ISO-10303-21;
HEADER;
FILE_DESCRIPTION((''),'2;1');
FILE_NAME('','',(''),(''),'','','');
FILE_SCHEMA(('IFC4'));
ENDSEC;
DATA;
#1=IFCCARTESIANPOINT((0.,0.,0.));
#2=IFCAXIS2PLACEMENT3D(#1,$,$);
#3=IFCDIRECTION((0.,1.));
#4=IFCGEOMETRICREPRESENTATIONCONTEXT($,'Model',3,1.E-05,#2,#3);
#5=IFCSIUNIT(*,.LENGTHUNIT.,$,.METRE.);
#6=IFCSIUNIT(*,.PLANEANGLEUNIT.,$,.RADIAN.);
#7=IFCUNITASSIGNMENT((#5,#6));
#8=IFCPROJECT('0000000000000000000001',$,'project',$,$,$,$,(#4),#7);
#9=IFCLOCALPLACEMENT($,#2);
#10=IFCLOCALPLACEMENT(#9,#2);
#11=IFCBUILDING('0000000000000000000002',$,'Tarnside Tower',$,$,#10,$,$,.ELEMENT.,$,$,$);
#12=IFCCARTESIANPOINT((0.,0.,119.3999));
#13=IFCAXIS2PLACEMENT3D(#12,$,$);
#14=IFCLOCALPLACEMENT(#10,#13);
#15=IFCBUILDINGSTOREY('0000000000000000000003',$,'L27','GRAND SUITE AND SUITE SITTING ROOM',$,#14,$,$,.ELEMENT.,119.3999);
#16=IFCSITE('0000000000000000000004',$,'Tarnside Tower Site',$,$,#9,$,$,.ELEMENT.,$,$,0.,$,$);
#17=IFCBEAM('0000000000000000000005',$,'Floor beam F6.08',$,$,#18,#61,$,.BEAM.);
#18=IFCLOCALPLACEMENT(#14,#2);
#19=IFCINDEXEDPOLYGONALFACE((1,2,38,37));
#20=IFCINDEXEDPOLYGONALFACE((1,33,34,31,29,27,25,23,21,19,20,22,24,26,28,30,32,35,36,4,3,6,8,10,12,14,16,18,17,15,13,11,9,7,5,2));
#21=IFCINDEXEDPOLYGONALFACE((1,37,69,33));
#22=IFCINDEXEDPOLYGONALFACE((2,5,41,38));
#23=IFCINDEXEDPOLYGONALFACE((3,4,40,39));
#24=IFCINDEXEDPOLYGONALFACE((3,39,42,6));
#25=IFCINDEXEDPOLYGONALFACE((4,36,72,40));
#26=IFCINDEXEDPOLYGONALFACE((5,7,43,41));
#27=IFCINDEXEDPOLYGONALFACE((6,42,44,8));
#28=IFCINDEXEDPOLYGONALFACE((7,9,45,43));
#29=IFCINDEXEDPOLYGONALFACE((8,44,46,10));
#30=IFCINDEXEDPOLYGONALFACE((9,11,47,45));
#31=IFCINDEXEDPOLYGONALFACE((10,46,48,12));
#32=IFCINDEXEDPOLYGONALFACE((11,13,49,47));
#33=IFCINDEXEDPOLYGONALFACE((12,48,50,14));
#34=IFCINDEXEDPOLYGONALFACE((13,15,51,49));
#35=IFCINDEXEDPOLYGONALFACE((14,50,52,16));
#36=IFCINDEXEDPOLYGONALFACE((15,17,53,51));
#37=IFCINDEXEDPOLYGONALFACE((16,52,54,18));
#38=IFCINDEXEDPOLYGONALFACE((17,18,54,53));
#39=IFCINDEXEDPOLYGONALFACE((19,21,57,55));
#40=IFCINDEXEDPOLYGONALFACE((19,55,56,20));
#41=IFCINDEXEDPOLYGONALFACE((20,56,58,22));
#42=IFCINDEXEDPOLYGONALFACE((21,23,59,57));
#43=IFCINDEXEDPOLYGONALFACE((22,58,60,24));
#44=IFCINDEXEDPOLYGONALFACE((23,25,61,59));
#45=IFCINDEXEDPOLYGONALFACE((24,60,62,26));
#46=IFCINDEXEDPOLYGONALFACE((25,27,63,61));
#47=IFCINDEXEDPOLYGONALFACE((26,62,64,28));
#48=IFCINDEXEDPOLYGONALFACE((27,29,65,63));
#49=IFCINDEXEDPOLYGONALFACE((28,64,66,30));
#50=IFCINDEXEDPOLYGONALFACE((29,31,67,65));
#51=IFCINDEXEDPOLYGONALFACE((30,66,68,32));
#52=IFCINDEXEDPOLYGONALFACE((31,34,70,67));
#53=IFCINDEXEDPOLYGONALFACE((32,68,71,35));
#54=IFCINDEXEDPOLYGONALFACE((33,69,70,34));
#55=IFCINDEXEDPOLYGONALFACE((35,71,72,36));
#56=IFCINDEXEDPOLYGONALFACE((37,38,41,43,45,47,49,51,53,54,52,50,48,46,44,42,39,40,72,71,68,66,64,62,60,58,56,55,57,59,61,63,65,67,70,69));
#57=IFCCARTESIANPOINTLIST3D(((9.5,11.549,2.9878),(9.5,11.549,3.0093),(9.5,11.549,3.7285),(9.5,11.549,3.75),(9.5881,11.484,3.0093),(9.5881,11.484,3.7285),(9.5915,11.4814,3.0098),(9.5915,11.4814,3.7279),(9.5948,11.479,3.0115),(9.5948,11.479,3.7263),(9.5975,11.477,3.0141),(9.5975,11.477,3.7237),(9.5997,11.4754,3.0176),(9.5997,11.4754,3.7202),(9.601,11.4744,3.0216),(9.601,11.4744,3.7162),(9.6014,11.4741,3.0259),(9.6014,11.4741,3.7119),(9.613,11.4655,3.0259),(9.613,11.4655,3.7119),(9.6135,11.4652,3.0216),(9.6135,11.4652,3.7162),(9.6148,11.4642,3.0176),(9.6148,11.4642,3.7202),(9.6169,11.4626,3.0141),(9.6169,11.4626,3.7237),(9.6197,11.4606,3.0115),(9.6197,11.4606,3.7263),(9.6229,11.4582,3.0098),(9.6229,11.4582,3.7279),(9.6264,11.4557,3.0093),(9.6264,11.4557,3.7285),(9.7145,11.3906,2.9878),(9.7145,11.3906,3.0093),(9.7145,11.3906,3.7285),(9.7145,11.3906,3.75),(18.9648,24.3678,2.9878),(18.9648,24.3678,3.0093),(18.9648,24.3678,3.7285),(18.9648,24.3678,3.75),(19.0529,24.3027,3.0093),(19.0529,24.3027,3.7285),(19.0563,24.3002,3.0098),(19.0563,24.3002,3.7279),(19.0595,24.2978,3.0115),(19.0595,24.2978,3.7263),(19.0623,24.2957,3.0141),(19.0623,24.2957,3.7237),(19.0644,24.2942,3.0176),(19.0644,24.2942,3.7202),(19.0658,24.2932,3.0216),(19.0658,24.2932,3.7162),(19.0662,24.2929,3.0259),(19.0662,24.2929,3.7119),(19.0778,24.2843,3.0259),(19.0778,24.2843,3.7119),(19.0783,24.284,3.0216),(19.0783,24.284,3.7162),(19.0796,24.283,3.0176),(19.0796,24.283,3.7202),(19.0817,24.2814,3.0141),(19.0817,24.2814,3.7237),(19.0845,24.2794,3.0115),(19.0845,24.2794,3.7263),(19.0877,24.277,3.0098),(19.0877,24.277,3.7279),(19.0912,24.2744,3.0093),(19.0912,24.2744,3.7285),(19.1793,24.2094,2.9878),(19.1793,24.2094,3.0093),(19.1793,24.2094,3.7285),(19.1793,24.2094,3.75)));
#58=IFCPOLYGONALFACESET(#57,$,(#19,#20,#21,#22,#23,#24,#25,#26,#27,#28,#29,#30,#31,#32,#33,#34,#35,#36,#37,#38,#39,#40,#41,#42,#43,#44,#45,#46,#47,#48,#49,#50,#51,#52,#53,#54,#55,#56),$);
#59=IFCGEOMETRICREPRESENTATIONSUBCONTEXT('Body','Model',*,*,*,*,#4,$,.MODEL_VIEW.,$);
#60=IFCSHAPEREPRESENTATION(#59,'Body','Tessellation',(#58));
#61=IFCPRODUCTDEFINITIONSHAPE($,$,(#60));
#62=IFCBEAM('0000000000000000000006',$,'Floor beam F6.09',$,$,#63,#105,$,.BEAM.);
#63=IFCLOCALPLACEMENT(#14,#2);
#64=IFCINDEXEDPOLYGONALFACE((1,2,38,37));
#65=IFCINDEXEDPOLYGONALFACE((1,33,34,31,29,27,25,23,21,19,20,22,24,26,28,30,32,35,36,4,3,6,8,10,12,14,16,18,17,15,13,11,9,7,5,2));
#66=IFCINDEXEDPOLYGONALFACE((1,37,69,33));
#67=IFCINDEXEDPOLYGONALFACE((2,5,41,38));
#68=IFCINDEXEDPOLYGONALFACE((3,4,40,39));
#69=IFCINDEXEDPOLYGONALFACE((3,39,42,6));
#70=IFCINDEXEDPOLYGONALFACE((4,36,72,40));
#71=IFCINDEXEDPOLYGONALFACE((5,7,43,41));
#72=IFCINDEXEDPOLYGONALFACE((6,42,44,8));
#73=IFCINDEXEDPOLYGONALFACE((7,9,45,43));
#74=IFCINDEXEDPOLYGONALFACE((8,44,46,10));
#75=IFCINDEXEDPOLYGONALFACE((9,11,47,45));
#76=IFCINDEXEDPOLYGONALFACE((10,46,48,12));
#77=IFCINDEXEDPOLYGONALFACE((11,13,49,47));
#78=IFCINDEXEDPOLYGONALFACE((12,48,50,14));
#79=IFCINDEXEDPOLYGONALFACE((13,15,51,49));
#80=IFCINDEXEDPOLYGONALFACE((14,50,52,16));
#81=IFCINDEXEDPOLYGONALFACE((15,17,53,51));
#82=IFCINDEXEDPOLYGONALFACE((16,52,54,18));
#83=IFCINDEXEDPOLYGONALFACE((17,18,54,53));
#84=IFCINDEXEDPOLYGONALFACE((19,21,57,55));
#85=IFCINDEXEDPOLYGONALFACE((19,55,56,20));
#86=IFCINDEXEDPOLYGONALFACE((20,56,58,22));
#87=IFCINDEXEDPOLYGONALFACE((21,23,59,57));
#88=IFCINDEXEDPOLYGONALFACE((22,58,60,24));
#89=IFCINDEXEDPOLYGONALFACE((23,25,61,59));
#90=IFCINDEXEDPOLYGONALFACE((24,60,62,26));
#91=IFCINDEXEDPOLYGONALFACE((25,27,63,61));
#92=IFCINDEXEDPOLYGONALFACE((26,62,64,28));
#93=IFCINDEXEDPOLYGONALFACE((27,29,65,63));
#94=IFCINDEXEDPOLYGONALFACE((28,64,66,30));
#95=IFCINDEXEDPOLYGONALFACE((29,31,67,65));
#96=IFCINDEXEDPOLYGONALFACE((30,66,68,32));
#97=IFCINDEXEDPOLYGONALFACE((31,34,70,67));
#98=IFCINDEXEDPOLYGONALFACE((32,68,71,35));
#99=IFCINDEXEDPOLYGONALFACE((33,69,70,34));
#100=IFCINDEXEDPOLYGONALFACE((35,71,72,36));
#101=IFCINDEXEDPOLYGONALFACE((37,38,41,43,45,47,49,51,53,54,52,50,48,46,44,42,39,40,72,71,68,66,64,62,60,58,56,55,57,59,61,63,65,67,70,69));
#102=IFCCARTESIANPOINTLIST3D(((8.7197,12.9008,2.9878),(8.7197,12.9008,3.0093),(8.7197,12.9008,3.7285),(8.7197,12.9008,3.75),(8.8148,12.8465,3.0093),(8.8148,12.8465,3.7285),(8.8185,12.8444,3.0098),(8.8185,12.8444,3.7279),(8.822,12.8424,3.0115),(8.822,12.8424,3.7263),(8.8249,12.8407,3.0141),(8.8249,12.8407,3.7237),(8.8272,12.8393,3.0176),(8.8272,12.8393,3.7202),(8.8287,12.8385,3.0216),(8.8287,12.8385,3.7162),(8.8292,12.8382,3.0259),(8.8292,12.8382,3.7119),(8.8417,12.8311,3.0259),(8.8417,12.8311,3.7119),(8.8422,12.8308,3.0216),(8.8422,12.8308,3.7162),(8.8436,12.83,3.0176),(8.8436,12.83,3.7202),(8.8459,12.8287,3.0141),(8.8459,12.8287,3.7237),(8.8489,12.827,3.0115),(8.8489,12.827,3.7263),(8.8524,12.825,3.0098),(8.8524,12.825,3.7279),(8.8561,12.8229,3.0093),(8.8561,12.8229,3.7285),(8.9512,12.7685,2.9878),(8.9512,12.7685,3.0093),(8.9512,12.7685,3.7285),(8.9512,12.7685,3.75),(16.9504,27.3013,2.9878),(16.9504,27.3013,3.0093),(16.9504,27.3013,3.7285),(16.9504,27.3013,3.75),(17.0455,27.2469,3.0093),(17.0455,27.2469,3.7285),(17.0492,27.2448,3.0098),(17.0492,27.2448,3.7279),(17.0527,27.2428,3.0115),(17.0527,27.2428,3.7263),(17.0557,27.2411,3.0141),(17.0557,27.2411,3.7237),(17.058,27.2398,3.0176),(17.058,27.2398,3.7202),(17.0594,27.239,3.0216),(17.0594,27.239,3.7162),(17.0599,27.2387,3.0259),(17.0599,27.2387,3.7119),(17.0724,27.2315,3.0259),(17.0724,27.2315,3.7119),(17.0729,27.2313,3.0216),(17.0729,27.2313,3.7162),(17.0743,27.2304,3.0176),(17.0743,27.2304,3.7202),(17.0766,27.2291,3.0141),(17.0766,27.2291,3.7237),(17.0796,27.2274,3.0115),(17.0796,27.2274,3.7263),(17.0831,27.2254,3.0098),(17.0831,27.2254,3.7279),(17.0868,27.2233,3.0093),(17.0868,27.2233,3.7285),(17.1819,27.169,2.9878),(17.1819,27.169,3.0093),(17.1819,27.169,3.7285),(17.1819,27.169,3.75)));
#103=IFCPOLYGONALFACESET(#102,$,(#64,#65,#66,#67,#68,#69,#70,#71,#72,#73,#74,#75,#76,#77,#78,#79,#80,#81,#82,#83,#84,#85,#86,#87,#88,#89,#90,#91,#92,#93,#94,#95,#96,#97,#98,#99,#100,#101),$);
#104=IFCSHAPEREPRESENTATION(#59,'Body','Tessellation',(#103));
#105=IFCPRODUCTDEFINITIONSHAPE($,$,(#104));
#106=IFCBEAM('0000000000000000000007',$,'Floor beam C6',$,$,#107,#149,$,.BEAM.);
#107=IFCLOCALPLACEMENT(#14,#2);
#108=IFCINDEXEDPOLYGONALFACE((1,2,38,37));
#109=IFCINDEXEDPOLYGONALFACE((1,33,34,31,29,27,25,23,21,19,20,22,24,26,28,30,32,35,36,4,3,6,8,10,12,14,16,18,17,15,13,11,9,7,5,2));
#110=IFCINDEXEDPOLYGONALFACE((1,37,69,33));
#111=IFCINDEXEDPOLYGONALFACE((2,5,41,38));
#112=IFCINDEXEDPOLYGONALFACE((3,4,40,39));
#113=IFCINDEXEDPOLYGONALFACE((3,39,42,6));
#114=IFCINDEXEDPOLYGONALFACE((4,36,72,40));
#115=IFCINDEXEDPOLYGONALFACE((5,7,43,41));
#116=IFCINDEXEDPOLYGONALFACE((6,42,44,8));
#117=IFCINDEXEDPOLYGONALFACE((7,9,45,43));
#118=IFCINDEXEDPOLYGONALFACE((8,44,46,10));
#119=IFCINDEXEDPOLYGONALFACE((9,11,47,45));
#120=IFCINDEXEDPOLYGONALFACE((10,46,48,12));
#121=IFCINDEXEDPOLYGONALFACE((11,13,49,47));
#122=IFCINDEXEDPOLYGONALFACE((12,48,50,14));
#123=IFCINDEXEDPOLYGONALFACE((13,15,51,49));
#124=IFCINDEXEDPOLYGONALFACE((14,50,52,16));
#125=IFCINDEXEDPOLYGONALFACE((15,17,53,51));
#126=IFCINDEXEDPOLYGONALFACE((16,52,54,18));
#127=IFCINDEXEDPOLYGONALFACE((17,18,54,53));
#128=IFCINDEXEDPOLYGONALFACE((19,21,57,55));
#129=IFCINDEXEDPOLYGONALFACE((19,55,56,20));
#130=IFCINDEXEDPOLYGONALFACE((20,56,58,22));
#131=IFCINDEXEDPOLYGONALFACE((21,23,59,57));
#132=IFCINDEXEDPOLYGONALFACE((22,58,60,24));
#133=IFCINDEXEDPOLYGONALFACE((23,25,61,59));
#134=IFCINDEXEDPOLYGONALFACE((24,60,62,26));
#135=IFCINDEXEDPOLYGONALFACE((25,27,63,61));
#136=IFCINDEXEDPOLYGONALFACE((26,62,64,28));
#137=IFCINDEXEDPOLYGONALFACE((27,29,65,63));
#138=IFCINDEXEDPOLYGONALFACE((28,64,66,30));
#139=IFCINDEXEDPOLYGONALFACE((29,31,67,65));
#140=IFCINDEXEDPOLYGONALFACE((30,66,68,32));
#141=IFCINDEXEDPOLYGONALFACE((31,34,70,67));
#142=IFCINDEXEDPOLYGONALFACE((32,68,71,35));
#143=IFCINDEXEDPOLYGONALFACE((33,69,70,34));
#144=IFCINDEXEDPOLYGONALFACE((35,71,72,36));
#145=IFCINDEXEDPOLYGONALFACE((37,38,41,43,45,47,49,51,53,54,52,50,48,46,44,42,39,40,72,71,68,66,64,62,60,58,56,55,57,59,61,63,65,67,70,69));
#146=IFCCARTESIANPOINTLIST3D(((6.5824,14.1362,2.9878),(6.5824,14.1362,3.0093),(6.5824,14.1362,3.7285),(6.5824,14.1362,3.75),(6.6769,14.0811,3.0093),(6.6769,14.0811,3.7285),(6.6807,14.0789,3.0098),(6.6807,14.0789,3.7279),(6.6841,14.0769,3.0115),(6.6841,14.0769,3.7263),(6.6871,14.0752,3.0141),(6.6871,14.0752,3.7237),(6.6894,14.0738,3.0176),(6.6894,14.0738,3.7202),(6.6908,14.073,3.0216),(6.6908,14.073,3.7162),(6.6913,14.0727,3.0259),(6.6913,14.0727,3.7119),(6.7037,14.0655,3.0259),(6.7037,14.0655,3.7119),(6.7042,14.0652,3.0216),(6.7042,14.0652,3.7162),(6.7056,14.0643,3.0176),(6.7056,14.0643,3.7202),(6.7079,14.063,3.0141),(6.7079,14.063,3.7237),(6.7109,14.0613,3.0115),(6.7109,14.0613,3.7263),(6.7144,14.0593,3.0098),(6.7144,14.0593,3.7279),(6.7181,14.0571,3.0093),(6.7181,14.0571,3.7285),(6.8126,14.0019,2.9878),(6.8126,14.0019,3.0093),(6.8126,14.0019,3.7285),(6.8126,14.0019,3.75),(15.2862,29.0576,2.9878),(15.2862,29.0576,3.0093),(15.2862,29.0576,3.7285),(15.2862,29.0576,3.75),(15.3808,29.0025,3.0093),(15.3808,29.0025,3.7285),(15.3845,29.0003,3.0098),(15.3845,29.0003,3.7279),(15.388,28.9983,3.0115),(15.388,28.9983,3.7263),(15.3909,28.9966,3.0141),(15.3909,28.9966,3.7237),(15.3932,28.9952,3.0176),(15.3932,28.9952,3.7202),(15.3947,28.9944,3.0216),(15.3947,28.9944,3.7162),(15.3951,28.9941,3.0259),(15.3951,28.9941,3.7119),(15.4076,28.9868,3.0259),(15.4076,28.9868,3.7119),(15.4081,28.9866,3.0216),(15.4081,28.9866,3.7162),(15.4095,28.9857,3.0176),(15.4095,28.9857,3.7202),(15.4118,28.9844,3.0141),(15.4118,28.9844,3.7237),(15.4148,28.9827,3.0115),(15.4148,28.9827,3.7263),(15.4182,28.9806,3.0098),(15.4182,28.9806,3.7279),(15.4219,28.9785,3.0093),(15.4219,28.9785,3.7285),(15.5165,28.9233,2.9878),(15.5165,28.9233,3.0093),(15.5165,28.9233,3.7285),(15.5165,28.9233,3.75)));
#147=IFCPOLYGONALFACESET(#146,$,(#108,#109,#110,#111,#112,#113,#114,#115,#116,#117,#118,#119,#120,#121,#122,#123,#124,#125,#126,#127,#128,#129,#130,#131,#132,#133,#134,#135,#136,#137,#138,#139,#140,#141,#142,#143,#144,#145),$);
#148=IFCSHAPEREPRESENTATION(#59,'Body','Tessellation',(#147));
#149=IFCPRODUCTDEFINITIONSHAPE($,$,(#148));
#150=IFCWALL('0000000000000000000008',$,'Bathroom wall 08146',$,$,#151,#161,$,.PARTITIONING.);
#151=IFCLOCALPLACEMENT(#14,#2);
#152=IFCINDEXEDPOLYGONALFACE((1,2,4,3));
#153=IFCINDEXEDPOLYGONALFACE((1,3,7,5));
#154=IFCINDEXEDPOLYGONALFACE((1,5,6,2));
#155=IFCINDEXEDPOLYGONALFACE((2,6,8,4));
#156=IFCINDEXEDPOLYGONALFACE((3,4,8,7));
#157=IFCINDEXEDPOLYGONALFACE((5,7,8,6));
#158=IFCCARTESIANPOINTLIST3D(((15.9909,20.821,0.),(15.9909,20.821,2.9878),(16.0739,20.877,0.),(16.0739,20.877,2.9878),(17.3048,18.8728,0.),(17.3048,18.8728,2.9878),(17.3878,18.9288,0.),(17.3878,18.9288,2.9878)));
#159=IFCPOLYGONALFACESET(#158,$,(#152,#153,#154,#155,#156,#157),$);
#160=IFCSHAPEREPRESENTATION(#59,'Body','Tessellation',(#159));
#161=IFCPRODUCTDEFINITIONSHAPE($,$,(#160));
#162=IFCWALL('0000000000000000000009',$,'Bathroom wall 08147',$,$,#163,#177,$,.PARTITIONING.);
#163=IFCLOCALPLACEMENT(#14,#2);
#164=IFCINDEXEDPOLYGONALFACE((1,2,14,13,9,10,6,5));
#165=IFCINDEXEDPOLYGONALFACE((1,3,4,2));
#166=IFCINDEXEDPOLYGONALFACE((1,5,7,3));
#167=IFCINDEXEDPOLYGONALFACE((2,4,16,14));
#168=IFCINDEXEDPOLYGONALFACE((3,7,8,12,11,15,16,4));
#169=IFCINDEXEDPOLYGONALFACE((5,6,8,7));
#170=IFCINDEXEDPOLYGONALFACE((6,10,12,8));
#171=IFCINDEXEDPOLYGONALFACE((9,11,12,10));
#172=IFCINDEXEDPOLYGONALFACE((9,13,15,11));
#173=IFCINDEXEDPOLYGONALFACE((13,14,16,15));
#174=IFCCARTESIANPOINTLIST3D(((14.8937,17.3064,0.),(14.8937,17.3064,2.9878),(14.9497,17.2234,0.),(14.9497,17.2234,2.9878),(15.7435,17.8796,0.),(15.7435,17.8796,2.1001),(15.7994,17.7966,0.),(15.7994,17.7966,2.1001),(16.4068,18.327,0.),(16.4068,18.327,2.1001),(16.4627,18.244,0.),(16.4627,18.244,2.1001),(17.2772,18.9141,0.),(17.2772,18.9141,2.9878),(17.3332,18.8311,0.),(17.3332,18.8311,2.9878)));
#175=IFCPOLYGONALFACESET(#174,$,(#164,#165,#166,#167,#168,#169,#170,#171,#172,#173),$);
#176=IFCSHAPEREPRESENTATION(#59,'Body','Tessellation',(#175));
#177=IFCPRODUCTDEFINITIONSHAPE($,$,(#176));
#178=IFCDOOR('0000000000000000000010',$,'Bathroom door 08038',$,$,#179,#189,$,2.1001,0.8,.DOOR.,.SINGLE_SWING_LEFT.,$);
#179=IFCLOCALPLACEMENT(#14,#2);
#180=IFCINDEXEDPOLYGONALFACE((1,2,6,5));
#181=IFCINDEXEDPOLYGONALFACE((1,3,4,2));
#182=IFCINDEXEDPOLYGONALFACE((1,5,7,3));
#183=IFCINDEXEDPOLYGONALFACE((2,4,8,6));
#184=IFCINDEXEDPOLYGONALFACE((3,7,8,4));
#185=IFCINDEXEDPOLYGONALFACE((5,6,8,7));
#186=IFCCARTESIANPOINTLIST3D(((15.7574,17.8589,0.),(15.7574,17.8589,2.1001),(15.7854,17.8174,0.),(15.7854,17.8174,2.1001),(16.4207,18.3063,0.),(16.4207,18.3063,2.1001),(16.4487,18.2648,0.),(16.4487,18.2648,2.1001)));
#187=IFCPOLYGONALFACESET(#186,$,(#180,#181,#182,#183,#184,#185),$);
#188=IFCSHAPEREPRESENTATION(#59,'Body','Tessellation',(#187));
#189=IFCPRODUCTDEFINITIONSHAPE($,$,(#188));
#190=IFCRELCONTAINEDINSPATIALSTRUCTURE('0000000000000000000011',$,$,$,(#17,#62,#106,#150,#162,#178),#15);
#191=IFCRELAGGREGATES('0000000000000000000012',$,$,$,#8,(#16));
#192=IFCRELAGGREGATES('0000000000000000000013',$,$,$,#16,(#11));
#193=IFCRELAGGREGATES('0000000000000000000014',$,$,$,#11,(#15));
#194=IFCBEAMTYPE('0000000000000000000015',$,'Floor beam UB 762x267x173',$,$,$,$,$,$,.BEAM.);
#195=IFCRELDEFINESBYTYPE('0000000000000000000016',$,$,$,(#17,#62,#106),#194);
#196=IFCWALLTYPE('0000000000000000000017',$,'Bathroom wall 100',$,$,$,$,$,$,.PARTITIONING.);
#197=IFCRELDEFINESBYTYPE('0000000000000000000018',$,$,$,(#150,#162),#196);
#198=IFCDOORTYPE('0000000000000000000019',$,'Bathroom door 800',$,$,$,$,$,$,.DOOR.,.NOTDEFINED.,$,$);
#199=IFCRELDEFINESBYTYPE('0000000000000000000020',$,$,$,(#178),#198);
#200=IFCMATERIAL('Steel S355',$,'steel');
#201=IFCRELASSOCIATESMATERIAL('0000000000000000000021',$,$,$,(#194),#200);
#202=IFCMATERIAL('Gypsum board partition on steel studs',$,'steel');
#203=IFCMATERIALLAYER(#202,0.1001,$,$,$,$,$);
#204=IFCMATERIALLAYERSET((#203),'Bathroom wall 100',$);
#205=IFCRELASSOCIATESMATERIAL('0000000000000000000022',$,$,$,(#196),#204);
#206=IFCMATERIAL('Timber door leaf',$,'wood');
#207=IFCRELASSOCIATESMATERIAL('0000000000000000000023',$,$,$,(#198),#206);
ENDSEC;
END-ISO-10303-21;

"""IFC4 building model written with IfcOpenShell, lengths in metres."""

from ifc_helpers import new_model, si_unit, direction, frame, frame_2d, origin, origin_2d, place, context, subcontext, project, spatial, rectangle, i_section, extrude, material, layer, layer_set, material_profile, profile_set, type_object, element, fill, save


model = new_model("IFC4")

# Units and contexts
model_context = context("Model", 3, precision=1e-05, world=origin(), true_north=direction((0.0, 1.0)))
body_context = subcontext(model_context, "Body", "Model", "MODEL_VIEW")
ifc_project = project(units=[si_unit("LENGTHUNIT", "METRE"), si_unit("PLANEANGLEUNIT", "RADIAN")], contexts=[model_context])

# Site, building, storey
site_placement = place(None, origin())
site = spatial("IfcSite", under=ifc_project, at=site_placement, Name="Tarnside Tower Site", CompositionType="ELEMENT", RefElevation=0.0)
building_placement = place(site_placement, origin())
building = spatial("IfcBuilding", under=site, at=building_placement, Name="Tarnside Tower", CompositionType="ELEMENT")
storey_placement = place(building_placement, frame((0.0, 0.0, 119.3999)))
storey = spatial("IfcBuildingStorey", under=building, at=storey_placement, Name="L27", Description="GRAND SUITE AND SUITE SITTING ROOM", CompositionType="ELEMENT", Elevation=119.3999)

# Beams
ifc_material_1 = material(Name="Steel S355", Category="steel")
ifc_material_profile_1 = material_profile(ifc_material_1, i_section(OverallWidth=0.2666, OverallDepth=0.7622, WebThickness=0.0144, FlangeThickness=0.0215, FilletRadius=0.0166, at=origin_2d()), Name="UB 762x267x173")
ifc_profile_set_1 = profile_set([ifc_material_profile_1], Name="Steel S355")
beam_type_1 = type_object("IfcBeamType", Name="Floor beam UB 762x267x173", PredefinedType="BEAM", material=ifc_profile_set_1)
beam_1_placement = place(storey_placement, frame((19.072, 24.2886, 3.3689), z_axis=(-0.593987, -0.804475, 0.0), x_axis=(0.804475, -0.593987, 0.0)))
element("IfcBeam", 1, at=beam_1_placement, inside=storey, type_object=beam_type_1, Name="Floor beam F6.08", PredefinedType="BEAM", context=body_context, shape_type="SweptSolid", body=[
    extrude(i_section(OverallWidth=0.2666, OverallDepth=0.7622, WebThickness=0.0144, FlangeThickness=0.0215, FilletRadius=0.0166, at=origin_2d()), origin(), (0.0, 0.0, 1.0), 15.9343),
])
beam_2_placement = place(storey_placement, frame((17.0662, 27.2351, 3.3689), z_axis=(-0.496226, -0.868193, 0.0), x_axis=(0.868193, -0.496226, 0.0)))
element("IfcBeam", 2, at=beam_2_placement, inside=storey, type_object=beam_type_1, Name="Floor beam F6.09", PredefinedType="BEAM", context=body_context, shape_type="SweptSolid", body=[
    extrude(i_section(OverallWidth=0.2666, OverallDepth=0.7622, WebThickness=0.0144, FlangeThickness=0.0215, FilletRadius=0.0166, at=origin_2d()), origin(), (0.0, 0.0, 1.0), 16.5867),
])
beam_3_placement = place(storey_placement, frame((15.4014, 28.9905, 3.3689), z_axis=(-0.503859, -0.863786, 0.0), x_axis=(0.863786, -0.503859, 0.0)))
element("IfcBeam", 3, at=beam_3_placement, inside=storey, type_object=beam_type_1, Name="Floor beam C6", PredefinedType="BEAM", context=body_context, shape_type="SweptSolid", body=[
    extrude(i_section(OverallWidth=0.2666, OverallDepth=0.7622, WebThickness=0.0144, FlangeThickness=0.0215, FilletRadius=0.0166, at=origin_2d()), origin(), (0.0, 0.0, 1.0), 17.2744),
])

# Wall
ifc_material_2 = material(Name="Gypsum board partition on steel studs", Category="steel")
ifc_layer_1 = layer(ifc_material_2, 0.1001)
ifc_layer_set_1 = layer_set([ifc_layer_1], Name="Bathroom wall 100")
wall_type_1 = type_object("IfcWallType", Name="Bathroom wall 100", PredefinedType="PARTITIONING", material=ifc_layer_set_1)
wall_1_placement = place(storey_placement, frame((16.0325, 20.8489, 0.0), z_axis=(0.0, 0.0, 1.0), x_axis=(0.559152, -0.829065, 0.0)))
element("IfcWall", 4, at=wall_1_placement, inside=storey, type_object=wall_type_1, Name="Bathroom wall 08146", PredefinedType="PARTITIONING", context=body_context, shape_type="SweptSolid", body=[
    extrude(rectangle(XDim=2.3499, YDim=0.1001, at=frame_2d((1.1748, 0.0))), origin(), (0.0, 0.0, 1.0), 2.9878),
])

# Wall, opening, door
wall_2_placement = place(storey_placement, frame((17.3052, 18.8726, 0.0), z_axis=(0.0, 0.0, 1.0), x_axis=(-0.829046, -0.55918, 0.0)))
wall_2 = element("IfcWall", 5, at=wall_2_placement, inside=storey, type_object=wall_type_1, Name="Bathroom wall 08147", PredefinedType="PARTITIONING", context=body_context, shape_type="SweptSolid", body=[
    extrude(rectangle(XDim=2.875, YDim=0.1001, at=frame_2d((1.4375, 0.0))), origin(), (0.0, 0.0, 1.0), 2.9878),
])
opening_1_placement = place(wall_2_placement, frame((1.05, 0.0, 0.0)))
opening_1 = element("IfcOpeningElement", 6, at=opening_1_placement, cuts=wall_2, PredefinedType="OPENING", context=body_context, shape_type="SweptSolid", body=[
    extrude(rectangle(XDim=0.8, YDim=2.1001, at=frame_2d((0.3999, 1.05))), frame((0.0, 0.0601, 0.0), z_axis=(0.0, -1.0, 0.0), x_axis=(1.0, 0.0, 0.0)), (0.0, 0.0, 1.0), 0.1201),
])
ifc_material_3 = material(Name="Timber door leaf", Category="wood")
door_type_1 = type_object("IfcDoorType", Name="Bathroom door 800", OperationType="NOTDEFINED", PredefinedType="DOOR", material=ifc_material_3)
door_1_placement = place(opening_1_placement, origin())
door_1 = element("IfcDoor", 7, at=door_1_placement, inside=storey, type_object=door_type_1, Name="Bathroom door 08038", OperationType="SINGLE_SWING_LEFT", OverallHeight=2.1001, OverallWidth=0.8, PredefinedType="DOOR", context=body_context, shape_type="SweptSolid", body=[
    extrude(rectangle(XDim=0.8, YDim=2.1001, at=frame_2d((0.3999, 1.05))), frame((0.0, 0.0249, 0.0), z_axis=(0.0, -1.0, 0.0), x_axis=(1.0, 0.0, 0.0)), (0.0, 0.0, 1.0), 0.05),
])
fill(opening_1, door_1)

save(model, "model.ifc")
